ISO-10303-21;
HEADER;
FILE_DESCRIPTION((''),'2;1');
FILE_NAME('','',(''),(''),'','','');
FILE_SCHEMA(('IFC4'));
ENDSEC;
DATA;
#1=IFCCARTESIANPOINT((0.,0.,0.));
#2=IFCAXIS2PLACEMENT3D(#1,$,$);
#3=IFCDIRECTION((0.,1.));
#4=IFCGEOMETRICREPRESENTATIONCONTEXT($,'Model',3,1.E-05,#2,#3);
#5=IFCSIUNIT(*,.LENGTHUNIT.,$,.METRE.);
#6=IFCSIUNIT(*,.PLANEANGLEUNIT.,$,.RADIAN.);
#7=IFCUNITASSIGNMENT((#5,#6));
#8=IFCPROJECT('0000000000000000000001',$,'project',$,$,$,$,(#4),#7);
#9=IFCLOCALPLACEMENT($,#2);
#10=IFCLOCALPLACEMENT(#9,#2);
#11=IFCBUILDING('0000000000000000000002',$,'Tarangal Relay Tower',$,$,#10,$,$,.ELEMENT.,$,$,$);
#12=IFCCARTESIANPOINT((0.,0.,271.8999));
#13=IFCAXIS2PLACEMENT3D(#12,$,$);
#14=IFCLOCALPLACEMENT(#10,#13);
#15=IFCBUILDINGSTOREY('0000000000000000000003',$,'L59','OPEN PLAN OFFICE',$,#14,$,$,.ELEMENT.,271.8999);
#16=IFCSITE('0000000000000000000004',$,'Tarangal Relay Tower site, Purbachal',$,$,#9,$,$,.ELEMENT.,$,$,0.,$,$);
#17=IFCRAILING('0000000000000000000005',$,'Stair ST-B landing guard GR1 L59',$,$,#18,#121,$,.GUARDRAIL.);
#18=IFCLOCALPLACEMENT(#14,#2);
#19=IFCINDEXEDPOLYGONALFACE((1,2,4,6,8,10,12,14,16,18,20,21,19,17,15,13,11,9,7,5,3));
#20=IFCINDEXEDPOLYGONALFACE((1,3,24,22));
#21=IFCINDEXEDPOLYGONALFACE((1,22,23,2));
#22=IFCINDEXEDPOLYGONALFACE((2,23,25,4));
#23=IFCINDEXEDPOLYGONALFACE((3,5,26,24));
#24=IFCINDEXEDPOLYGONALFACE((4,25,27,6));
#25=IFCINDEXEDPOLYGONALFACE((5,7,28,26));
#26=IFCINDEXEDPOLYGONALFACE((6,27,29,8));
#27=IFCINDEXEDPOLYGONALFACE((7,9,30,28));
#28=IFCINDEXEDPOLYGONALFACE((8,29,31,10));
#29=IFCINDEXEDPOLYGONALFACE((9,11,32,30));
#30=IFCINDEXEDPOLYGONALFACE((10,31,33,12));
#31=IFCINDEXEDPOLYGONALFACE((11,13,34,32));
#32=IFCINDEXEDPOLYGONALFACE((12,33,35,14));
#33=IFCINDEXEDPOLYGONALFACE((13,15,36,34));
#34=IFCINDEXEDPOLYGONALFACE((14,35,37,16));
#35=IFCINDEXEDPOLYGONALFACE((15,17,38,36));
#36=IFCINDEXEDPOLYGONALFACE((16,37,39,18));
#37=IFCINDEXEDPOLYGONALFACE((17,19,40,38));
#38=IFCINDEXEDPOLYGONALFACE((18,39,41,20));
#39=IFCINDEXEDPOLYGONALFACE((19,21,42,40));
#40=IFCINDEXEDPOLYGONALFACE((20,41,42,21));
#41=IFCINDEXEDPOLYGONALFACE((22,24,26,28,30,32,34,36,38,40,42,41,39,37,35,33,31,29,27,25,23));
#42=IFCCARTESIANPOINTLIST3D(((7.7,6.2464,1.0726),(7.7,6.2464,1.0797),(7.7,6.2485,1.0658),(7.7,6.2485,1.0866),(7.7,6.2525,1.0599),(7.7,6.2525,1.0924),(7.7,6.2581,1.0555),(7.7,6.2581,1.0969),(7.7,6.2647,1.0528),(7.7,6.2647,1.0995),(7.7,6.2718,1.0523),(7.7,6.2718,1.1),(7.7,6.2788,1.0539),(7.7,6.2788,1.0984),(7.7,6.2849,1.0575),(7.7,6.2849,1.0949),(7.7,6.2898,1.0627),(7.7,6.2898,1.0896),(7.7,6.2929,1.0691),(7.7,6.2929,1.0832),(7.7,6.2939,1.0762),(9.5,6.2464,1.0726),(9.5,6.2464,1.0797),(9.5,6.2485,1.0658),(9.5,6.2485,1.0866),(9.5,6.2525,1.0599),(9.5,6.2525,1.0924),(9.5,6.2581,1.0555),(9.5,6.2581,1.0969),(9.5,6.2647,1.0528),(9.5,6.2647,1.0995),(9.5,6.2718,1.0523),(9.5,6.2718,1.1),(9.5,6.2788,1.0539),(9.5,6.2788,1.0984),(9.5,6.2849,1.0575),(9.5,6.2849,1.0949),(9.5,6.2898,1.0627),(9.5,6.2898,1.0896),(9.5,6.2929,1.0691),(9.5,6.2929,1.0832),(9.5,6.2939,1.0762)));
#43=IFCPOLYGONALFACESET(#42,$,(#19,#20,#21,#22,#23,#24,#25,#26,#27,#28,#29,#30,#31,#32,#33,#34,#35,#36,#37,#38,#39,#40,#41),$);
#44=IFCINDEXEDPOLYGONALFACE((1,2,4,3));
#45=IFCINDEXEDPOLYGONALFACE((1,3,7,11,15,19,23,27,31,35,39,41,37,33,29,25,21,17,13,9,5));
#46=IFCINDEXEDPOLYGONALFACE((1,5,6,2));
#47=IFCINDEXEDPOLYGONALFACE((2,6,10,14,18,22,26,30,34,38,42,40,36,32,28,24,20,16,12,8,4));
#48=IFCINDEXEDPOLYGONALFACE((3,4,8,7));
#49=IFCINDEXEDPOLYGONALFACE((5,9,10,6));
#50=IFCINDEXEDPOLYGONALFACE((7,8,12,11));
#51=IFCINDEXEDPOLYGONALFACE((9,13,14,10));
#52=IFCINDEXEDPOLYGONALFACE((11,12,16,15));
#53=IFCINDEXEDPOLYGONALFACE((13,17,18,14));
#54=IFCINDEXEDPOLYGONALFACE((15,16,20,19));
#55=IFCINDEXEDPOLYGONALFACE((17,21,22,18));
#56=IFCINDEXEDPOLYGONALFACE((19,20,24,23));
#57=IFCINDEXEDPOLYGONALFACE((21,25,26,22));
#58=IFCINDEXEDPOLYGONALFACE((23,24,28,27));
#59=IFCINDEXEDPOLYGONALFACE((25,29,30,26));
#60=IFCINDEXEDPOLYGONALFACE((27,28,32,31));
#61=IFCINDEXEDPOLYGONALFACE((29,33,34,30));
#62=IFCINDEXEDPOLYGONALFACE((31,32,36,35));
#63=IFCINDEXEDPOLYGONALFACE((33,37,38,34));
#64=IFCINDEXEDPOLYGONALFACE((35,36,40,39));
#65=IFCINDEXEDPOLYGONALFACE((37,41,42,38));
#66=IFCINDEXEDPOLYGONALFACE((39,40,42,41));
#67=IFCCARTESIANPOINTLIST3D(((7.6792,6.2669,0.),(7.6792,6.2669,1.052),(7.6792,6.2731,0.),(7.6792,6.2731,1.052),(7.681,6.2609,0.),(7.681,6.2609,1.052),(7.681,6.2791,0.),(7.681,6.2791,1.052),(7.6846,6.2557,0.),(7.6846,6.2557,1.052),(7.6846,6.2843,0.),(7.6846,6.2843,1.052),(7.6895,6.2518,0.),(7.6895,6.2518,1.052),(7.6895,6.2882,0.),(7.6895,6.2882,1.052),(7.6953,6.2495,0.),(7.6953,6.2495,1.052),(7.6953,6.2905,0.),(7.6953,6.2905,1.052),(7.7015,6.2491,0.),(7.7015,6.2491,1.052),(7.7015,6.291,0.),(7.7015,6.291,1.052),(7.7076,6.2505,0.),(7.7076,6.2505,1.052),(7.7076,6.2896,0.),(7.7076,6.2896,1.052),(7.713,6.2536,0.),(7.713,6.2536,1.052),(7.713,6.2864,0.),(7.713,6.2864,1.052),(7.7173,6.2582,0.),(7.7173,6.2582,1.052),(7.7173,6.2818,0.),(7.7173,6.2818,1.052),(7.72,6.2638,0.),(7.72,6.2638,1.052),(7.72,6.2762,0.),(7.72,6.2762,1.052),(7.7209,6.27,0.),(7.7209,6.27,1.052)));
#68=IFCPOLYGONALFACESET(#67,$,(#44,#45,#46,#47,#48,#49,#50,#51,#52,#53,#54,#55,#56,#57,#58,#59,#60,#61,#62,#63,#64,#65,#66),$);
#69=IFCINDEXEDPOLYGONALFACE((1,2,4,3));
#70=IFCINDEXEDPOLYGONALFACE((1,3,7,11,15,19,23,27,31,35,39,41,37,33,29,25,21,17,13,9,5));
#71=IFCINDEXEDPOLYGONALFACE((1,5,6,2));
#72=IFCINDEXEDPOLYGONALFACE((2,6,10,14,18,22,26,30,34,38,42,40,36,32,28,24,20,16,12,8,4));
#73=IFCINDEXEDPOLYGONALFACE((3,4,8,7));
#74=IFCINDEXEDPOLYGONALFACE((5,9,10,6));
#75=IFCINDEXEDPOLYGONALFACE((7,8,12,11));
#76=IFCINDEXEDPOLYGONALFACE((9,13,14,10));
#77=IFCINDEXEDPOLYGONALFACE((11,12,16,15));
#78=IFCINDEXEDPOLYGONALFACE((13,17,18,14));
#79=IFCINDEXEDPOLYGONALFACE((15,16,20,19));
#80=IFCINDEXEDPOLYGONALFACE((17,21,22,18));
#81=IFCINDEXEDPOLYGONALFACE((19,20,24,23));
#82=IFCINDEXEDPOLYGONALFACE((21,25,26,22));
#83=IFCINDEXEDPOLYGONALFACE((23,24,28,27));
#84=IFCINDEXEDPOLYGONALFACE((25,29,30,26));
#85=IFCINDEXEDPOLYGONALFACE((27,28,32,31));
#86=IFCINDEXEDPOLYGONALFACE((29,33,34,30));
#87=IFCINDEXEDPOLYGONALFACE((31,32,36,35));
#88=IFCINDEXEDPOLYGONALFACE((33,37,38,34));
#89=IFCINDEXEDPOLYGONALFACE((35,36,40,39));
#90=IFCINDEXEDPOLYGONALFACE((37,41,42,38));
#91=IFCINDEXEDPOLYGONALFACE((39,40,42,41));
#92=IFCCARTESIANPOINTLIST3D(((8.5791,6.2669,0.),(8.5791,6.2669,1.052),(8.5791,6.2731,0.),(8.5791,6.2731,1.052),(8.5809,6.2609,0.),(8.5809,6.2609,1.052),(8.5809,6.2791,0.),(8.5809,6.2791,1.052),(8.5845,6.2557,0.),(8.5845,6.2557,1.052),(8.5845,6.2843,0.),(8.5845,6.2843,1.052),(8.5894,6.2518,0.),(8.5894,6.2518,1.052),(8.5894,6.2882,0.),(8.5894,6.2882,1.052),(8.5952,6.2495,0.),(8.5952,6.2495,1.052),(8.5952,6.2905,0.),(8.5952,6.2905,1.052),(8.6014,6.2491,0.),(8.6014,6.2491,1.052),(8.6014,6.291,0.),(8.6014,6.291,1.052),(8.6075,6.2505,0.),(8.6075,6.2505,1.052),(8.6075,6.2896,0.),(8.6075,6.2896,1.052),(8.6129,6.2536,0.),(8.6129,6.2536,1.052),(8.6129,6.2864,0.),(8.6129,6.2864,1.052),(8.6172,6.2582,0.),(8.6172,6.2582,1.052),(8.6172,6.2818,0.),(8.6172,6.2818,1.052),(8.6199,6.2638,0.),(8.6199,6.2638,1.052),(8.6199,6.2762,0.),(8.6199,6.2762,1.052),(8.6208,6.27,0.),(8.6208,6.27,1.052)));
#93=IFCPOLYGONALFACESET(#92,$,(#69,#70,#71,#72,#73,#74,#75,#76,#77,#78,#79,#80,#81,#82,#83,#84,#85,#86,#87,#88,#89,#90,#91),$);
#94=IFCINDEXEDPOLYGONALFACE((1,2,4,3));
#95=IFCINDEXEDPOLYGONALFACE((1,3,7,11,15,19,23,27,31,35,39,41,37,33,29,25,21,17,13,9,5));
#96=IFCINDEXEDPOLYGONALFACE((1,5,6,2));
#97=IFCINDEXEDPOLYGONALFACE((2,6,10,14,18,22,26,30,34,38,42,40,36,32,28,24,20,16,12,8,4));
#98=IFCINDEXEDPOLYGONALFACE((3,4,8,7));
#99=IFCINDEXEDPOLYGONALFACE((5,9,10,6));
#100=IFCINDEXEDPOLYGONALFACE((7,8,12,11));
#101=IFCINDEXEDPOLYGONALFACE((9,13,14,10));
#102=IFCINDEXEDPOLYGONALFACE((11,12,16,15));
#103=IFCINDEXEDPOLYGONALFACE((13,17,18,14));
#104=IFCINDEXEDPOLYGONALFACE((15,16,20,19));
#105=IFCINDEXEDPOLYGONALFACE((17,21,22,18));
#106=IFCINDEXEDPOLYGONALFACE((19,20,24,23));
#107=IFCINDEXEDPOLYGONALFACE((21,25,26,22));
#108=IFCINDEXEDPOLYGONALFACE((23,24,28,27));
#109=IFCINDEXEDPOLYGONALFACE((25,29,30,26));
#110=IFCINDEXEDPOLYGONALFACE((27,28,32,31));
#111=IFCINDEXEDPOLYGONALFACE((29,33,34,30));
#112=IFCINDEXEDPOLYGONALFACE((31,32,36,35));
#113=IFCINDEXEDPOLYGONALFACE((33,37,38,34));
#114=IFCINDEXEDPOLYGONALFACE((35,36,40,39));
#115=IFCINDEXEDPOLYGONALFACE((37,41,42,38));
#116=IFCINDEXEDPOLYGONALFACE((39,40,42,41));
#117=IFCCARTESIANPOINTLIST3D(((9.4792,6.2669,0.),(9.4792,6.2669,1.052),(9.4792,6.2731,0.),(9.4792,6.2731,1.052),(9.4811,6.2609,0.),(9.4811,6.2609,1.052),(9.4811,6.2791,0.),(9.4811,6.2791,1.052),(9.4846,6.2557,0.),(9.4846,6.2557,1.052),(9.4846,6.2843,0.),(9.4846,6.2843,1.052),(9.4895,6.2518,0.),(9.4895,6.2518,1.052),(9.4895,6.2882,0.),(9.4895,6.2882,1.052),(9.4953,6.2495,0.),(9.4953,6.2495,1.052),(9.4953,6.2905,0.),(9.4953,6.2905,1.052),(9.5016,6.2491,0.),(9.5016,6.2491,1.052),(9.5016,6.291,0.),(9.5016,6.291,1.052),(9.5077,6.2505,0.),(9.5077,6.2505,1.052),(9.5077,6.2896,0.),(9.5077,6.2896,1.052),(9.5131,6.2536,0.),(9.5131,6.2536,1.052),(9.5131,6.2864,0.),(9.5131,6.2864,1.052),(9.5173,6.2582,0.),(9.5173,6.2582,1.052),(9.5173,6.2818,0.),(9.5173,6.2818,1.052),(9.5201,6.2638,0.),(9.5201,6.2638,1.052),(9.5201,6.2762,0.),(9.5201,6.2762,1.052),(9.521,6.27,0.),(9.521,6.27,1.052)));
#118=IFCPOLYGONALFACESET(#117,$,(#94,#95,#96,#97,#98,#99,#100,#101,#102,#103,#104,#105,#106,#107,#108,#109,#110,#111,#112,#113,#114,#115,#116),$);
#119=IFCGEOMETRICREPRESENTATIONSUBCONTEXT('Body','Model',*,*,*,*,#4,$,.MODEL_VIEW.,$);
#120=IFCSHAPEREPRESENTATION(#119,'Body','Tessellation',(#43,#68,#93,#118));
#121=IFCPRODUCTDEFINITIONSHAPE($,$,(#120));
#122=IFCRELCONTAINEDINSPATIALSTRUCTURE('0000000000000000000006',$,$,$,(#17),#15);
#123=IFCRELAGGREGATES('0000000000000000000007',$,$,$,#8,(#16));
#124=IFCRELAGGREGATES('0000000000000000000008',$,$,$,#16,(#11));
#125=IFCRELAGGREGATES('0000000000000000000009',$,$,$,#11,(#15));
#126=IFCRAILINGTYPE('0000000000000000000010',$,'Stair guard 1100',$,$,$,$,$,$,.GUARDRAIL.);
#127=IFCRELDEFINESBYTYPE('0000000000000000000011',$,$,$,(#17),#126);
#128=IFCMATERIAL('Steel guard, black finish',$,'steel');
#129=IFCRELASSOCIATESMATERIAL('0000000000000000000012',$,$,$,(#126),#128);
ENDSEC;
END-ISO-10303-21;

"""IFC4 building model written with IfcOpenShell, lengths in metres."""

from ifc_helpers import new_model, si_unit, direction, frame, origin, origin_2d, place, context, subcontext, project, spatial, circle, extrude, material, type_object, element, save


model = new_model("IFC4")

# Units and contexts
model_context = context("Model", 3, precision=1e-05, world=origin(), true_north=direction((0.0, 1.0)))
body_context = subcontext(model_context, "Body", "Model", "MODEL_VIEW")
ifc_project = project(units=[si_unit("LENGTHUNIT", "METRE"), si_unit("PLANEANGLEUNIT", "RADIAN")], contexts=[model_context])

# Site, building, storey
site_placement = place(None, origin())
site = spatial("IfcSite", under=ifc_project, at=site_placement, Name="Tarangal Relay Tower site, Purbachal", CompositionType="ELEMENT", RefElevation=0.0)
building_placement = place(site_placement, origin())
building = spatial("IfcBuilding", under=site, at=building_placement, Name="Tarangal Relay Tower", CompositionType="ELEMENT")
storey_placement = place(building_placement, frame((0.0, 0.0, 271.8999)))
storey = spatial("IfcBuildingStorey", under=building, at=storey_placement, Name="L59", Description="OPEN PLAN OFFICE", CompositionType="ELEMENT", Elevation=271.8999)

# Railing
ifc_material_1 = material(Name="Steel guard, black finish", Category="steel")
railing_type_1 = type_object("IfcRailingType", Name="Stair guard 1100", PredefinedType="GUARDRAIL", material=ifc_material_1)
railing_1_placement = place(storey_placement, frame((7.7, 6.27, 0.0)))
element("IfcRailing", 1, at=railing_1_placement, inside=storey, type_object=railing_type_1, Name="Stair ST-B landing guard GR1 L59", PredefinedType="GUARDRAIL", context=body_context, shape_type="SweptSolid", body=[
    extrude(circle(Radius=0.0239, at=origin_2d()), frame((0.0, 0.0, 1.0762), z_axis=(1.0, 0.0, 0.0), x_axis=(0.0, 1.0, 0.0)), (0.0, 0.0, 1.0), 1.8),
    extrude(circle(Radius=0.021, at=origin_2d()), origin(), (0.0, 0.0, 1.0), 1.052),
    extrude(circle(Radius=0.021, at=origin_2d()), frame((0.8999, 0.0, 0.0)), (0.0, 0.0, 1.0), 1.052),
    extrude(circle(Radius=0.021, at=origin_2d()), frame((1.8, 0.0, 0.0)), (0.0, 0.0, 1.0), 1.052),
])

save(model, "model.ifc")
